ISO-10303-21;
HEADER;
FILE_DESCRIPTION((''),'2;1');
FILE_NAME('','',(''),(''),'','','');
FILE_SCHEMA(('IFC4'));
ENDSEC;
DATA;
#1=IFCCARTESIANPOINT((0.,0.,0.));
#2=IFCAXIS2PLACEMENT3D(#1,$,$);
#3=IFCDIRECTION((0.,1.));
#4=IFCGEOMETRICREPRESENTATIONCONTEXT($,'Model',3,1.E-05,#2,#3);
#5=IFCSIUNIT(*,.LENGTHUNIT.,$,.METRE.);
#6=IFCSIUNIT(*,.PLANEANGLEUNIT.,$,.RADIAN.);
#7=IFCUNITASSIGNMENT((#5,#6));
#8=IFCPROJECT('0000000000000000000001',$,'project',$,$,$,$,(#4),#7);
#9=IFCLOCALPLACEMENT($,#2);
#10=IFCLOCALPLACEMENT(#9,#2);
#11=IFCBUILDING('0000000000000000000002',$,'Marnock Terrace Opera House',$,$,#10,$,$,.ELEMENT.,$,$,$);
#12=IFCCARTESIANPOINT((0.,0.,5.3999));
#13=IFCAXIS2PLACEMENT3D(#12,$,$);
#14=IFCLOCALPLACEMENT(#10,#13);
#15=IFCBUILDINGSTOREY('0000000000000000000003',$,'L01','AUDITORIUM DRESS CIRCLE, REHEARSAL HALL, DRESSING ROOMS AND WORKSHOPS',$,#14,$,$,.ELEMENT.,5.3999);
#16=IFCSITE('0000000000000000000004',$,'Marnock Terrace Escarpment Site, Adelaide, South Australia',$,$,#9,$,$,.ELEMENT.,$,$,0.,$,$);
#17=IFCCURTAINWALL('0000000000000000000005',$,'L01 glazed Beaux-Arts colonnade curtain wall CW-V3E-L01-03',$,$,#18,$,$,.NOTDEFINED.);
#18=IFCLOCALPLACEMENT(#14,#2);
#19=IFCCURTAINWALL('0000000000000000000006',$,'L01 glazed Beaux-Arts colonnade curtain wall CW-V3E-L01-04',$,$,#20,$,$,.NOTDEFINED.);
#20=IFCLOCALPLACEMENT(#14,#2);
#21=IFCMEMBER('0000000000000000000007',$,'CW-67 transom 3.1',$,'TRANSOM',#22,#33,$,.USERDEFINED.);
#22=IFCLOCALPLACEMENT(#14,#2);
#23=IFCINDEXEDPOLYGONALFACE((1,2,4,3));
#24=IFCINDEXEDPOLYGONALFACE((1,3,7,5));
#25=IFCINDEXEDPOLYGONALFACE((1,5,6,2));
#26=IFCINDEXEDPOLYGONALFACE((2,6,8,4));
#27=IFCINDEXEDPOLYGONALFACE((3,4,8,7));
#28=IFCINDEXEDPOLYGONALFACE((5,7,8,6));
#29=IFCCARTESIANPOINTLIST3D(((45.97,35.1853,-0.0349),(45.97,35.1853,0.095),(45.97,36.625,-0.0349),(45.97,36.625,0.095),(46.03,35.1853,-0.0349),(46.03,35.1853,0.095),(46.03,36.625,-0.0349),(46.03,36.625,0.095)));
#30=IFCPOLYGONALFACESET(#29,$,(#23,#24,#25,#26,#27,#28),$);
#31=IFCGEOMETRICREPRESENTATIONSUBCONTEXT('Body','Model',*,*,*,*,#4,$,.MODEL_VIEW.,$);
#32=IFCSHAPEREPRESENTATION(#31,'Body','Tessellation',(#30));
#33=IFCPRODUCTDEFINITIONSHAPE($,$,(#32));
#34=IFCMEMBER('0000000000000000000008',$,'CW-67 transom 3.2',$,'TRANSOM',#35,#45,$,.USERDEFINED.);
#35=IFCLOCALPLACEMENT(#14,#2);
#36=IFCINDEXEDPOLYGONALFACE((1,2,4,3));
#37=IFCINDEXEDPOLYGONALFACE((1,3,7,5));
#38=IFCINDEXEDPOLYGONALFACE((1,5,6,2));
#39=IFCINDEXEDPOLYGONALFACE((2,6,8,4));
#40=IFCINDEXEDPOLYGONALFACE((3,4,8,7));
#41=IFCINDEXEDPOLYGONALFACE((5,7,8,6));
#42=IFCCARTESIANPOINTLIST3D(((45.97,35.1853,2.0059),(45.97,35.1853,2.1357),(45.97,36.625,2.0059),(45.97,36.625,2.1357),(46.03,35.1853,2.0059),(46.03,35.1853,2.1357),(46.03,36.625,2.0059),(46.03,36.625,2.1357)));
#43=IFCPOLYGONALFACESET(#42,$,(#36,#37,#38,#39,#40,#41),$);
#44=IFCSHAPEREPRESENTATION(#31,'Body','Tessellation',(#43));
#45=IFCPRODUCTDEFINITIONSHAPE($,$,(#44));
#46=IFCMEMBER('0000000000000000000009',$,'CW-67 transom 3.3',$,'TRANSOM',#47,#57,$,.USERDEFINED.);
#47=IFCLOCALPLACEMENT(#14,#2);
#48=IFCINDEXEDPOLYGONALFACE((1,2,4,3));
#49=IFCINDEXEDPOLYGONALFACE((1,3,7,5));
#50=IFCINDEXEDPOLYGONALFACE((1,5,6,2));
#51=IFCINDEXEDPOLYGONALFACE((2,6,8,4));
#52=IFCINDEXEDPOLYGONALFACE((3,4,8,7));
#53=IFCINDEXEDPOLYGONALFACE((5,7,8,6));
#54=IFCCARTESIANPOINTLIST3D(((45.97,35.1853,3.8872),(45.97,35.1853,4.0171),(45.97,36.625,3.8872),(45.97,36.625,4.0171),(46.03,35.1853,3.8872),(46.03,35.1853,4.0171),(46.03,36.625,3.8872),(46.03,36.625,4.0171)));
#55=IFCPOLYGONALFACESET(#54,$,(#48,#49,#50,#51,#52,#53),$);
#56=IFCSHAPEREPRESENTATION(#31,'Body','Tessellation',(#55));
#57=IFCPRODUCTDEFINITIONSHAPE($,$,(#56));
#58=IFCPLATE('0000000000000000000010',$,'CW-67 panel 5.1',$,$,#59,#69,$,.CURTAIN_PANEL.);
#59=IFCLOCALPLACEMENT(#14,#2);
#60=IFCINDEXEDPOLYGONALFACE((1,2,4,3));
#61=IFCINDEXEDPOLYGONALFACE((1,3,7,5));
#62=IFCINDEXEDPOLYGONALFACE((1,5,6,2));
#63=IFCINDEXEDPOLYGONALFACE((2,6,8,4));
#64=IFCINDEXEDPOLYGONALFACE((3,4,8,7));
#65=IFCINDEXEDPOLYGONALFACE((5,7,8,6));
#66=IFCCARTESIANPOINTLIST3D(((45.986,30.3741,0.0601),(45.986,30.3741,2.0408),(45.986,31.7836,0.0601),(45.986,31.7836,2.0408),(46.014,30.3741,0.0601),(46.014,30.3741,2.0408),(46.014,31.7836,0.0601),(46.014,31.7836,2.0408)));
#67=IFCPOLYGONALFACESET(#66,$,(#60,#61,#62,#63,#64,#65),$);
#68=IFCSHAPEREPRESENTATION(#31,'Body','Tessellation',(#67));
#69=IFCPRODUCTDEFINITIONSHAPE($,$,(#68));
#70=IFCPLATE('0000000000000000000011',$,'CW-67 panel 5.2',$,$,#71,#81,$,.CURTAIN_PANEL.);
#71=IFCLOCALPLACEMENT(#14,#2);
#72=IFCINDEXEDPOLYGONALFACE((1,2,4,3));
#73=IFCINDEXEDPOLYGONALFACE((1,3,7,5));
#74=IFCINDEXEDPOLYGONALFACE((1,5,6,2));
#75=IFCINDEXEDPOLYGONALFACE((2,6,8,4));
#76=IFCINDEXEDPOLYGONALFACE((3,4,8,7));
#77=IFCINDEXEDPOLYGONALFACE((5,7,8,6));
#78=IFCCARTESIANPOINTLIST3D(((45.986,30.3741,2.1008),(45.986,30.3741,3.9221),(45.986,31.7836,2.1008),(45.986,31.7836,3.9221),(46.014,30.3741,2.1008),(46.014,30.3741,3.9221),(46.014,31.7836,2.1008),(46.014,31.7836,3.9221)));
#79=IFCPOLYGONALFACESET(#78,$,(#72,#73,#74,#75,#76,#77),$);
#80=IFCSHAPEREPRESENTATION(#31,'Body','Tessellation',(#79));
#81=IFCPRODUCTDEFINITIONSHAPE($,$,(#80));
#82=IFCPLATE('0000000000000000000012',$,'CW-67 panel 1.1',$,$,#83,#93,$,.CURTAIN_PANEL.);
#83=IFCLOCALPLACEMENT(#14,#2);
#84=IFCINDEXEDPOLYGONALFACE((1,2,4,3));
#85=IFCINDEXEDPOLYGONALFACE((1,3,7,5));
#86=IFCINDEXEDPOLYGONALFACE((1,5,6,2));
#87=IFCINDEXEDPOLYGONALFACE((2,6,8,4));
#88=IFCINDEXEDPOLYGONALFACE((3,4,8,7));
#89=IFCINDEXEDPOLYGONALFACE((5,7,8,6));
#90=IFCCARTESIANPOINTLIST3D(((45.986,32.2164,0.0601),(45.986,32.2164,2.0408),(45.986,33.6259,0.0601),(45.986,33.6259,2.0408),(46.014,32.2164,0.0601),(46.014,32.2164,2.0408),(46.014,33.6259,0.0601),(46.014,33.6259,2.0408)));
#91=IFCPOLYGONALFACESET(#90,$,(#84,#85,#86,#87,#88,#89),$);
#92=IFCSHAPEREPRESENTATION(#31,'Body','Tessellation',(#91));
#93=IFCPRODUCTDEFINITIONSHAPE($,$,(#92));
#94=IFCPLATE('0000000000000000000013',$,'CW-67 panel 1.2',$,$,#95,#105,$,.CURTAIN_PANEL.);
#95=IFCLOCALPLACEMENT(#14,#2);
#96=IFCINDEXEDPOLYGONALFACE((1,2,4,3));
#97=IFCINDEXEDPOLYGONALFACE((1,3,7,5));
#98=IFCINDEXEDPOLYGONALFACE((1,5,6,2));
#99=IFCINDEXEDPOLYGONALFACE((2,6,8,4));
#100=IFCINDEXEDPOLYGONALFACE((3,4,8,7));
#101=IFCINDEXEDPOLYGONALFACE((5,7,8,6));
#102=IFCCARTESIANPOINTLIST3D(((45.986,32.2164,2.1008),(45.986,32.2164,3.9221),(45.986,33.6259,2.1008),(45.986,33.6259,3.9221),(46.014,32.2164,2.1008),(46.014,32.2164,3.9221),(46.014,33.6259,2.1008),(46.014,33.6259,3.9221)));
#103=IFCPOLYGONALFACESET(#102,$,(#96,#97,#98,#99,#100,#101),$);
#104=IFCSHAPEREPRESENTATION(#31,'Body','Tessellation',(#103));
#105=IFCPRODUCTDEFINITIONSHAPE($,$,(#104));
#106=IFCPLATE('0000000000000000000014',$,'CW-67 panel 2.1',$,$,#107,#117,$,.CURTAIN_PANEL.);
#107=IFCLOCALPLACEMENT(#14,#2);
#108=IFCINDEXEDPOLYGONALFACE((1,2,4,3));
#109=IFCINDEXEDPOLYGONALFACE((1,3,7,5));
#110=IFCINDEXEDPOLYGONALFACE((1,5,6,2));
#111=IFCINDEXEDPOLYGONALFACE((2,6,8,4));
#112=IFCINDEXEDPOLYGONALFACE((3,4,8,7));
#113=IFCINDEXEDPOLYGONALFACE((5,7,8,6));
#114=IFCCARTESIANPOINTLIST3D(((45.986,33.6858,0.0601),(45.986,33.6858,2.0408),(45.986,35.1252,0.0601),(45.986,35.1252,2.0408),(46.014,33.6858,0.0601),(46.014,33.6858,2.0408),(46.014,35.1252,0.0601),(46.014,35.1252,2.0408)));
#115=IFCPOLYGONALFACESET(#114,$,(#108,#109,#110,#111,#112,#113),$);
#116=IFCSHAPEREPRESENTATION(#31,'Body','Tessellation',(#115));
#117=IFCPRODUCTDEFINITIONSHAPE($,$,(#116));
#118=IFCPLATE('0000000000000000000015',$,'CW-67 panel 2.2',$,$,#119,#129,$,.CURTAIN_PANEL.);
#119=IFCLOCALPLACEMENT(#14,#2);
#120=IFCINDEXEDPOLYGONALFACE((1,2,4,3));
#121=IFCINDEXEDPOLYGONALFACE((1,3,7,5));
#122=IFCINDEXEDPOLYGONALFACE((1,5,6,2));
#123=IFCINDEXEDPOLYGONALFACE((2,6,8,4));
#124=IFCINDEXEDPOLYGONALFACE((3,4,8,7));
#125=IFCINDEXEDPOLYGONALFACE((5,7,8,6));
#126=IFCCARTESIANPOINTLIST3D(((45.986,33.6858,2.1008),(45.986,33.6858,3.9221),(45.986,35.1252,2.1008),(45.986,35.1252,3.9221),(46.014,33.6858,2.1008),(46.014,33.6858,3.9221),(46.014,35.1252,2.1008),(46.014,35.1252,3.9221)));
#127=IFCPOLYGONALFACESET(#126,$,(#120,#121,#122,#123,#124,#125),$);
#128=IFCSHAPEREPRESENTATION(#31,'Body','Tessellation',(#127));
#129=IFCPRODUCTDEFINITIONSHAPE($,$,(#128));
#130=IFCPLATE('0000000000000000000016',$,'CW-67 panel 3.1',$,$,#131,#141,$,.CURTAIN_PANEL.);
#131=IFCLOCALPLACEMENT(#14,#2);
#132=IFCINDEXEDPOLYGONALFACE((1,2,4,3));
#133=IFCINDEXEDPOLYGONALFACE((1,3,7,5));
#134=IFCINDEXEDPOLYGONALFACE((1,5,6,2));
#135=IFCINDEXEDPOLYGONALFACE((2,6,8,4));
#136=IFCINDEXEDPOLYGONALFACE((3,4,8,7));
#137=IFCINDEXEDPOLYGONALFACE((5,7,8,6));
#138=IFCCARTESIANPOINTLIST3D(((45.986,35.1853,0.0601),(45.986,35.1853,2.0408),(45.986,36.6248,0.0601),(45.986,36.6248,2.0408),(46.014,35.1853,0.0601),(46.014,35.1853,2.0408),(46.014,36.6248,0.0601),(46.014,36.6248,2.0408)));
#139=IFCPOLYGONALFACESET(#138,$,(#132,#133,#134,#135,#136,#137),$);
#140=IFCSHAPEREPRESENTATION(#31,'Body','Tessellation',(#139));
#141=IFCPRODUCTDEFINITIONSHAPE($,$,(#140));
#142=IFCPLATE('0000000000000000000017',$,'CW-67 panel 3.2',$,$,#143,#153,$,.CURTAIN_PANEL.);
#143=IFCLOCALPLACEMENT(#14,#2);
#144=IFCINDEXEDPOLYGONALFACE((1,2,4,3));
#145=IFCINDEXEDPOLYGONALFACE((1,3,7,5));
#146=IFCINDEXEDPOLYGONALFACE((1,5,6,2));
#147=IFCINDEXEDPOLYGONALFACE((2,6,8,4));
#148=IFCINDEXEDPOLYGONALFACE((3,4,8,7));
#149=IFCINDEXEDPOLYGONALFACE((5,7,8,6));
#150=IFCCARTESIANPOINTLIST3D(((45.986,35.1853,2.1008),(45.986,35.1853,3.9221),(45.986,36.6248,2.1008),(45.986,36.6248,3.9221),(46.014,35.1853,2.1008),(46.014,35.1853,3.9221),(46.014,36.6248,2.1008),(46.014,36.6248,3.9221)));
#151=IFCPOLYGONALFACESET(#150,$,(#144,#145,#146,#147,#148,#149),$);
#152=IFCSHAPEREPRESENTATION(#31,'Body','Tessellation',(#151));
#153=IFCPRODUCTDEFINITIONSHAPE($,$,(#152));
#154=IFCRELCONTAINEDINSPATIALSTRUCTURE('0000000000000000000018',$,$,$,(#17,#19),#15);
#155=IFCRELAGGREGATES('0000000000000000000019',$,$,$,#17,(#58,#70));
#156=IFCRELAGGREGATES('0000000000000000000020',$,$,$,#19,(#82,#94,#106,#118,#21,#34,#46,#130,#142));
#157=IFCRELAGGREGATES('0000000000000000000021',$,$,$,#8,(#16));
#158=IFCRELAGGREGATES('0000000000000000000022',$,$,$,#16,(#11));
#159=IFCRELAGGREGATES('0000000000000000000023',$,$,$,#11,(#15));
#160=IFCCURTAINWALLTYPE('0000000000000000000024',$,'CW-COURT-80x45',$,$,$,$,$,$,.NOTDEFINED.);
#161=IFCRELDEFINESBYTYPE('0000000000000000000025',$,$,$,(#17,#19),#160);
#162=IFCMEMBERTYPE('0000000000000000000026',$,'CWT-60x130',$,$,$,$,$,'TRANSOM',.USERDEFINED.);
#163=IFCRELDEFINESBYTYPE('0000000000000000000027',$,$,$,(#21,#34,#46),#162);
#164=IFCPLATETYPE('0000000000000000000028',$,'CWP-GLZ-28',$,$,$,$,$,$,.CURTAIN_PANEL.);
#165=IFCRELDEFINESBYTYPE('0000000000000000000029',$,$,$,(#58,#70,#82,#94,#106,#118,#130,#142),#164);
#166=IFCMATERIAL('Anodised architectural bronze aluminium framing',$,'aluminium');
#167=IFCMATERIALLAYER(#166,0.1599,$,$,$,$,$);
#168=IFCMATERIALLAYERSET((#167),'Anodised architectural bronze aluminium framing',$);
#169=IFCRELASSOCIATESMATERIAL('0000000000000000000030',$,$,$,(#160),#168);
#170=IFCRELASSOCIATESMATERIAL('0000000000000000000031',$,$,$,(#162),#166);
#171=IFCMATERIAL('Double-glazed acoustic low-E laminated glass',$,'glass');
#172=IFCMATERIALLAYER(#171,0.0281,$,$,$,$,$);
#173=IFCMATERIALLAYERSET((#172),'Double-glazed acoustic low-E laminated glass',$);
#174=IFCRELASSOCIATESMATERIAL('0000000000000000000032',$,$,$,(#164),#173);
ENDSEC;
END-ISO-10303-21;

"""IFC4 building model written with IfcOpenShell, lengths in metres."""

from ifc_helpers import new_model, si_unit, direction, frame, origin, origin_2d, place, context, subcontext, project, spatial, rectangle, extrude, material, layer, layer_set, material_profile, profile_set, type_object, element, aggregate, save


model = new_model("IFC4")

# Units and contexts
model_context = context("Model", 3, precision=1e-05, world=origin(), true_north=direction((0.0, 1.0)))
body_context = subcontext(model_context, "Body", "Model", "MODEL_VIEW")
ifc_project = project(units=[si_unit("LENGTHUNIT", "METRE"), si_unit("PLANEANGLEUNIT", "RADIAN")], contexts=[model_context])

# Site, building, storey
site_placement = place(None, origin())
site = spatial("IfcSite", under=ifc_project, at=site_placement, Name="Marnock Terrace Escarpment Site, Adelaide, South Australia", CompositionType="ELEMENT", RefElevation=0.0)
building_placement = place(site_placement, origin())
building = spatial("IfcBuilding", under=site, at=building_placement, Name="Marnock Terrace Opera House", CompositionType="ELEMENT")
storey_placement = place(building_placement, frame((0.0, 0.0, 5.3999)))
storey = spatial("IfcBuildingStorey", under=building, at=storey_placement, Name="L01", Description="AUDITORIUM DRESS CIRCLE, REHEARSAL HALL, DRESSING ROOMS AND WORKSHOPS", CompositionType="ELEMENT", Elevation=5.3999)

# Curtain walls
ifc_material_1 = material(Name="Anodised architectural bronze aluminium framing", Category="aluminium")
ifc_layer_1 = layer(ifc_material_1, 0.1599)
ifc_layer_set_1 = layer_set([ifc_layer_1], Name="Anodised architectural bronze aluminium framing")
curtain_wall_type = type_object("IfcCurtainWallType", Name="CW-COURT-80x45", PredefinedType="NOTDEFINED", material=ifc_layer_set_1)
curtain_wall_1_placement = place(storey_placement, origin())
curtain_wall_1 = element("IfcCurtainWall", 1, at=curtain_wall_1_placement, inside=storey, type_object=curtain_wall_type, Name="L01 glazed Beaux-Arts colonnade curtain wall CW-V3E-L01-03", PredefinedType="NOTDEFINED")
curtain_wall_2_placement = place(storey_placement, origin())
curtain_wall_2 = element("IfcCurtainWall", 2, at=curtain_wall_2_placement, inside=storey, type_object=curtain_wall_type, Name="L01 glazed Beaux-Arts colonnade curtain wall CW-V3E-L01-04", PredefinedType="NOTDEFINED")

# Members
ifc_material_profile_1 = material_profile(ifc_material_1, rectangle(XDim=0.0601, YDim=0.1299, at=origin_2d()))
ifc_profile_set_1 = profile_set([ifc_material_profile_1], Name="Anodised architectural bronze aluminium framing")
member_type_1 = type_object("IfcMemberType", Name="CWT-60x130", ElementType="TRANSOM", PredefinedType="USERDEFINED", material=ifc_profile_set_1)
member_1_placement = place(storey_placement, frame((46.0, 35.1853, 0.03), z_axis=(0.0, 1.0, 0.0), x_axis=(-1.0, 0.0, 0.0)))
member_1 = element("IfcMember", 3, at=member_1_placement, type_object=member_type_1, Name="CW-67 transom 3.1", ObjectType="TRANSOM", PredefinedType="USERDEFINED", context=body_context, shape_type="SweptSolid", body=[
    extrude(rectangle(XDim=0.0601, YDim=0.1299, at=origin_2d()), origin(), (0.0, 0.0, 1.0), 1.4397),
])
member_2_placement = place(storey_placement, frame((46.0, 35.1853, 2.0708), z_axis=(0.0, 1.0, 0.0), x_axis=(-1.0, 0.0, 0.0)))
member_2 = element("IfcMember", 4, at=member_2_placement, type_object=member_type_1, Name="CW-67 transom 3.2", ObjectType="TRANSOM", PredefinedType="USERDEFINED", context=body_context, shape_type="SweptSolid", body=[
    extrude(rectangle(XDim=0.0601, YDim=0.1299, at=origin_2d()), origin(), (0.0, 0.0, 1.0), 1.4397),
])
member_3_placement = place(storey_placement, frame((46.0, 35.1853, 3.9521), z_axis=(0.0, 1.0, 0.0), x_axis=(-1.0, 0.0, 0.0)))
member_3 = element("IfcMember", 5, at=member_3_placement, type_object=member_type_1, Name="CW-67 transom 3.3", ObjectType="TRANSOM", PredefinedType="USERDEFINED", context=body_context, shape_type="SweptSolid", body=[
    extrude(rectangle(XDim=0.0601, YDim=0.1299, at=origin_2d()), origin(), (0.0, 0.0, 1.0), 1.4397),
])

# Plates
ifc_material_2 = material(Name="Double-glazed acoustic low-E laminated glass", Category="glass")
ifc_layer_2 = layer(ifc_material_2, 0.0281)
ifc_layer_set_2 = layer_set([ifc_layer_2], Name="Double-glazed acoustic low-E laminated glass")
plate_type = type_object("IfcPlateType", Name="CWP-GLZ-28", PredefinedType="CURTAIN_PANEL", material=ifc_layer_set_2)
plate_1_placement = place(storey_placement, frame((46.0, 31.0789, 0.0601), z_axis=(0.0, 0.0, 1.0), x_axis=(0.0, 1.0, 0.0)))
plate_1 = element("IfcPlate", 6, at=plate_1_placement, type_object=plate_type, Name="CW-67 panel 5.1", PredefinedType="CURTAIN_PANEL", context=body_context, shape_type="SweptSolid", body=[
    extrude(rectangle(XDim=1.4094, YDim=0.0281, at=origin_2d()), origin(), (0.0, 0.0, 1.0), 1.9807),
])
plate_2_placement = place(storey_placement, frame((46.0, 31.0789, 2.1008), z_axis=(0.0, 0.0, 1.0), x_axis=(0.0, 1.0, 0.0)))
plate_2 = element("IfcPlate", 7, at=plate_2_placement, type_object=plate_type, Name="CW-67 panel 5.2", PredefinedType="CURTAIN_PANEL", context=body_context, shape_type="SweptSolid", body=[
    extrude(rectangle(XDim=1.4094, YDim=0.0281, at=origin_2d()), origin(), (0.0, 0.0, 1.0), 1.8213),
])
aggregate(curtain_wall_1, [plate_1, plate_2])
plate_3_placement = place(storey_placement, frame((46.0, 32.9211, 0.0601), z_axis=(0.0, 0.0, 1.0), x_axis=(0.0, 1.0, 0.0)))
plate_3 = element("IfcPlate", 8, at=plate_3_placement, type_object=plate_type, Name="CW-67 panel 1.1", PredefinedType="CURTAIN_PANEL", context=body_context, shape_type="SweptSolid", body=[
    extrude(rectangle(XDim=1.4094, YDim=0.0281, at=origin_2d()), origin(), (0.0, 0.0, 1.0), 1.9807),
])
plate_4_placement = place(storey_placement, frame((46.0, 32.9211, 2.1008), z_axis=(0.0, 0.0, 1.0), x_axis=(0.0, 1.0, 0.0)))
plate_4 = element("IfcPlate", 9, at=plate_4_placement, type_object=plate_type, Name="CW-67 panel 1.2", PredefinedType="CURTAIN_PANEL", context=body_context, shape_type="SweptSolid", body=[
    extrude(rectangle(XDim=1.4094, YDim=0.0281, at=origin_2d()), origin(), (0.0, 0.0, 1.0), 1.8213),
])
plate_5_placement = place(storey_placement, frame((46.0, 34.4055, 0.0601), z_axis=(0.0, 0.0, 1.0), x_axis=(0.0, 1.0, 0.0)))
plate_5 = element("IfcPlate", 10, at=plate_5_placement, type_object=plate_type, Name="CW-67 panel 2.1", PredefinedType="CURTAIN_PANEL", context=body_context, shape_type="SweptSolid", body=[
    extrude(rectangle(XDim=1.4395, YDim=0.0281, at=origin_2d()), origin(), (0.0, 0.0, 1.0), 1.9807),
])
plate_6_placement = place(storey_placement, frame((46.0, 34.4055, 2.1008), z_axis=(0.0, 0.0, 1.0), x_axis=(0.0, 1.0, 0.0)))
plate_6 = element("IfcPlate", 11, at=plate_6_placement, type_object=plate_type, Name="CW-67 panel 2.2", PredefinedType="CURTAIN_PANEL", context=body_context, shape_type="SweptSolid", body=[
    extrude(rectangle(XDim=1.4395, YDim=0.0281, at=origin_2d()), origin(), (0.0, 0.0, 1.0), 1.8213),
])
plate_7_placement = place(storey_placement, frame((46.0, 35.905, 0.0601), z_axis=(0.0, 0.0, 1.0), x_axis=(0.0, 1.0, 0.0)))
plate_7 = element("IfcPlate", 12, at=plate_7_placement, type_object=plate_type, Name="CW-67 panel 3.1", PredefinedType="CURTAIN_PANEL", context=body_context, shape_type="SweptSolid", body=[
    extrude(rectangle(XDim=1.4395, YDim=0.0281, at=origin_2d()), origin(), (0.0, 0.0, 1.0), 1.9807),
])
plate_8_placement = place(storey_placement, frame((46.0, 35.905, 2.1008), z_axis=(0.0, 0.0, 1.0), x_axis=(0.0, 1.0, 0.0)))
plate_8 = element("IfcPlate", 13, at=plate_8_placement, type_object=plate_type, Name="CW-67 panel 3.2", PredefinedType="CURTAIN_PANEL", context=body_context, shape_type="SweptSolid", body=[
    extrude(rectangle(XDim=1.4395, YDim=0.0281, at=origin_2d()), origin(), (0.0, 0.0, 1.0), 1.8213),
])
aggregate(curtain_wall_2, [plate_3, plate_4, plate_5, plate_6, member_1, member_2, member_3, plate_7, plate_8])

save(model, "model.ifc")
